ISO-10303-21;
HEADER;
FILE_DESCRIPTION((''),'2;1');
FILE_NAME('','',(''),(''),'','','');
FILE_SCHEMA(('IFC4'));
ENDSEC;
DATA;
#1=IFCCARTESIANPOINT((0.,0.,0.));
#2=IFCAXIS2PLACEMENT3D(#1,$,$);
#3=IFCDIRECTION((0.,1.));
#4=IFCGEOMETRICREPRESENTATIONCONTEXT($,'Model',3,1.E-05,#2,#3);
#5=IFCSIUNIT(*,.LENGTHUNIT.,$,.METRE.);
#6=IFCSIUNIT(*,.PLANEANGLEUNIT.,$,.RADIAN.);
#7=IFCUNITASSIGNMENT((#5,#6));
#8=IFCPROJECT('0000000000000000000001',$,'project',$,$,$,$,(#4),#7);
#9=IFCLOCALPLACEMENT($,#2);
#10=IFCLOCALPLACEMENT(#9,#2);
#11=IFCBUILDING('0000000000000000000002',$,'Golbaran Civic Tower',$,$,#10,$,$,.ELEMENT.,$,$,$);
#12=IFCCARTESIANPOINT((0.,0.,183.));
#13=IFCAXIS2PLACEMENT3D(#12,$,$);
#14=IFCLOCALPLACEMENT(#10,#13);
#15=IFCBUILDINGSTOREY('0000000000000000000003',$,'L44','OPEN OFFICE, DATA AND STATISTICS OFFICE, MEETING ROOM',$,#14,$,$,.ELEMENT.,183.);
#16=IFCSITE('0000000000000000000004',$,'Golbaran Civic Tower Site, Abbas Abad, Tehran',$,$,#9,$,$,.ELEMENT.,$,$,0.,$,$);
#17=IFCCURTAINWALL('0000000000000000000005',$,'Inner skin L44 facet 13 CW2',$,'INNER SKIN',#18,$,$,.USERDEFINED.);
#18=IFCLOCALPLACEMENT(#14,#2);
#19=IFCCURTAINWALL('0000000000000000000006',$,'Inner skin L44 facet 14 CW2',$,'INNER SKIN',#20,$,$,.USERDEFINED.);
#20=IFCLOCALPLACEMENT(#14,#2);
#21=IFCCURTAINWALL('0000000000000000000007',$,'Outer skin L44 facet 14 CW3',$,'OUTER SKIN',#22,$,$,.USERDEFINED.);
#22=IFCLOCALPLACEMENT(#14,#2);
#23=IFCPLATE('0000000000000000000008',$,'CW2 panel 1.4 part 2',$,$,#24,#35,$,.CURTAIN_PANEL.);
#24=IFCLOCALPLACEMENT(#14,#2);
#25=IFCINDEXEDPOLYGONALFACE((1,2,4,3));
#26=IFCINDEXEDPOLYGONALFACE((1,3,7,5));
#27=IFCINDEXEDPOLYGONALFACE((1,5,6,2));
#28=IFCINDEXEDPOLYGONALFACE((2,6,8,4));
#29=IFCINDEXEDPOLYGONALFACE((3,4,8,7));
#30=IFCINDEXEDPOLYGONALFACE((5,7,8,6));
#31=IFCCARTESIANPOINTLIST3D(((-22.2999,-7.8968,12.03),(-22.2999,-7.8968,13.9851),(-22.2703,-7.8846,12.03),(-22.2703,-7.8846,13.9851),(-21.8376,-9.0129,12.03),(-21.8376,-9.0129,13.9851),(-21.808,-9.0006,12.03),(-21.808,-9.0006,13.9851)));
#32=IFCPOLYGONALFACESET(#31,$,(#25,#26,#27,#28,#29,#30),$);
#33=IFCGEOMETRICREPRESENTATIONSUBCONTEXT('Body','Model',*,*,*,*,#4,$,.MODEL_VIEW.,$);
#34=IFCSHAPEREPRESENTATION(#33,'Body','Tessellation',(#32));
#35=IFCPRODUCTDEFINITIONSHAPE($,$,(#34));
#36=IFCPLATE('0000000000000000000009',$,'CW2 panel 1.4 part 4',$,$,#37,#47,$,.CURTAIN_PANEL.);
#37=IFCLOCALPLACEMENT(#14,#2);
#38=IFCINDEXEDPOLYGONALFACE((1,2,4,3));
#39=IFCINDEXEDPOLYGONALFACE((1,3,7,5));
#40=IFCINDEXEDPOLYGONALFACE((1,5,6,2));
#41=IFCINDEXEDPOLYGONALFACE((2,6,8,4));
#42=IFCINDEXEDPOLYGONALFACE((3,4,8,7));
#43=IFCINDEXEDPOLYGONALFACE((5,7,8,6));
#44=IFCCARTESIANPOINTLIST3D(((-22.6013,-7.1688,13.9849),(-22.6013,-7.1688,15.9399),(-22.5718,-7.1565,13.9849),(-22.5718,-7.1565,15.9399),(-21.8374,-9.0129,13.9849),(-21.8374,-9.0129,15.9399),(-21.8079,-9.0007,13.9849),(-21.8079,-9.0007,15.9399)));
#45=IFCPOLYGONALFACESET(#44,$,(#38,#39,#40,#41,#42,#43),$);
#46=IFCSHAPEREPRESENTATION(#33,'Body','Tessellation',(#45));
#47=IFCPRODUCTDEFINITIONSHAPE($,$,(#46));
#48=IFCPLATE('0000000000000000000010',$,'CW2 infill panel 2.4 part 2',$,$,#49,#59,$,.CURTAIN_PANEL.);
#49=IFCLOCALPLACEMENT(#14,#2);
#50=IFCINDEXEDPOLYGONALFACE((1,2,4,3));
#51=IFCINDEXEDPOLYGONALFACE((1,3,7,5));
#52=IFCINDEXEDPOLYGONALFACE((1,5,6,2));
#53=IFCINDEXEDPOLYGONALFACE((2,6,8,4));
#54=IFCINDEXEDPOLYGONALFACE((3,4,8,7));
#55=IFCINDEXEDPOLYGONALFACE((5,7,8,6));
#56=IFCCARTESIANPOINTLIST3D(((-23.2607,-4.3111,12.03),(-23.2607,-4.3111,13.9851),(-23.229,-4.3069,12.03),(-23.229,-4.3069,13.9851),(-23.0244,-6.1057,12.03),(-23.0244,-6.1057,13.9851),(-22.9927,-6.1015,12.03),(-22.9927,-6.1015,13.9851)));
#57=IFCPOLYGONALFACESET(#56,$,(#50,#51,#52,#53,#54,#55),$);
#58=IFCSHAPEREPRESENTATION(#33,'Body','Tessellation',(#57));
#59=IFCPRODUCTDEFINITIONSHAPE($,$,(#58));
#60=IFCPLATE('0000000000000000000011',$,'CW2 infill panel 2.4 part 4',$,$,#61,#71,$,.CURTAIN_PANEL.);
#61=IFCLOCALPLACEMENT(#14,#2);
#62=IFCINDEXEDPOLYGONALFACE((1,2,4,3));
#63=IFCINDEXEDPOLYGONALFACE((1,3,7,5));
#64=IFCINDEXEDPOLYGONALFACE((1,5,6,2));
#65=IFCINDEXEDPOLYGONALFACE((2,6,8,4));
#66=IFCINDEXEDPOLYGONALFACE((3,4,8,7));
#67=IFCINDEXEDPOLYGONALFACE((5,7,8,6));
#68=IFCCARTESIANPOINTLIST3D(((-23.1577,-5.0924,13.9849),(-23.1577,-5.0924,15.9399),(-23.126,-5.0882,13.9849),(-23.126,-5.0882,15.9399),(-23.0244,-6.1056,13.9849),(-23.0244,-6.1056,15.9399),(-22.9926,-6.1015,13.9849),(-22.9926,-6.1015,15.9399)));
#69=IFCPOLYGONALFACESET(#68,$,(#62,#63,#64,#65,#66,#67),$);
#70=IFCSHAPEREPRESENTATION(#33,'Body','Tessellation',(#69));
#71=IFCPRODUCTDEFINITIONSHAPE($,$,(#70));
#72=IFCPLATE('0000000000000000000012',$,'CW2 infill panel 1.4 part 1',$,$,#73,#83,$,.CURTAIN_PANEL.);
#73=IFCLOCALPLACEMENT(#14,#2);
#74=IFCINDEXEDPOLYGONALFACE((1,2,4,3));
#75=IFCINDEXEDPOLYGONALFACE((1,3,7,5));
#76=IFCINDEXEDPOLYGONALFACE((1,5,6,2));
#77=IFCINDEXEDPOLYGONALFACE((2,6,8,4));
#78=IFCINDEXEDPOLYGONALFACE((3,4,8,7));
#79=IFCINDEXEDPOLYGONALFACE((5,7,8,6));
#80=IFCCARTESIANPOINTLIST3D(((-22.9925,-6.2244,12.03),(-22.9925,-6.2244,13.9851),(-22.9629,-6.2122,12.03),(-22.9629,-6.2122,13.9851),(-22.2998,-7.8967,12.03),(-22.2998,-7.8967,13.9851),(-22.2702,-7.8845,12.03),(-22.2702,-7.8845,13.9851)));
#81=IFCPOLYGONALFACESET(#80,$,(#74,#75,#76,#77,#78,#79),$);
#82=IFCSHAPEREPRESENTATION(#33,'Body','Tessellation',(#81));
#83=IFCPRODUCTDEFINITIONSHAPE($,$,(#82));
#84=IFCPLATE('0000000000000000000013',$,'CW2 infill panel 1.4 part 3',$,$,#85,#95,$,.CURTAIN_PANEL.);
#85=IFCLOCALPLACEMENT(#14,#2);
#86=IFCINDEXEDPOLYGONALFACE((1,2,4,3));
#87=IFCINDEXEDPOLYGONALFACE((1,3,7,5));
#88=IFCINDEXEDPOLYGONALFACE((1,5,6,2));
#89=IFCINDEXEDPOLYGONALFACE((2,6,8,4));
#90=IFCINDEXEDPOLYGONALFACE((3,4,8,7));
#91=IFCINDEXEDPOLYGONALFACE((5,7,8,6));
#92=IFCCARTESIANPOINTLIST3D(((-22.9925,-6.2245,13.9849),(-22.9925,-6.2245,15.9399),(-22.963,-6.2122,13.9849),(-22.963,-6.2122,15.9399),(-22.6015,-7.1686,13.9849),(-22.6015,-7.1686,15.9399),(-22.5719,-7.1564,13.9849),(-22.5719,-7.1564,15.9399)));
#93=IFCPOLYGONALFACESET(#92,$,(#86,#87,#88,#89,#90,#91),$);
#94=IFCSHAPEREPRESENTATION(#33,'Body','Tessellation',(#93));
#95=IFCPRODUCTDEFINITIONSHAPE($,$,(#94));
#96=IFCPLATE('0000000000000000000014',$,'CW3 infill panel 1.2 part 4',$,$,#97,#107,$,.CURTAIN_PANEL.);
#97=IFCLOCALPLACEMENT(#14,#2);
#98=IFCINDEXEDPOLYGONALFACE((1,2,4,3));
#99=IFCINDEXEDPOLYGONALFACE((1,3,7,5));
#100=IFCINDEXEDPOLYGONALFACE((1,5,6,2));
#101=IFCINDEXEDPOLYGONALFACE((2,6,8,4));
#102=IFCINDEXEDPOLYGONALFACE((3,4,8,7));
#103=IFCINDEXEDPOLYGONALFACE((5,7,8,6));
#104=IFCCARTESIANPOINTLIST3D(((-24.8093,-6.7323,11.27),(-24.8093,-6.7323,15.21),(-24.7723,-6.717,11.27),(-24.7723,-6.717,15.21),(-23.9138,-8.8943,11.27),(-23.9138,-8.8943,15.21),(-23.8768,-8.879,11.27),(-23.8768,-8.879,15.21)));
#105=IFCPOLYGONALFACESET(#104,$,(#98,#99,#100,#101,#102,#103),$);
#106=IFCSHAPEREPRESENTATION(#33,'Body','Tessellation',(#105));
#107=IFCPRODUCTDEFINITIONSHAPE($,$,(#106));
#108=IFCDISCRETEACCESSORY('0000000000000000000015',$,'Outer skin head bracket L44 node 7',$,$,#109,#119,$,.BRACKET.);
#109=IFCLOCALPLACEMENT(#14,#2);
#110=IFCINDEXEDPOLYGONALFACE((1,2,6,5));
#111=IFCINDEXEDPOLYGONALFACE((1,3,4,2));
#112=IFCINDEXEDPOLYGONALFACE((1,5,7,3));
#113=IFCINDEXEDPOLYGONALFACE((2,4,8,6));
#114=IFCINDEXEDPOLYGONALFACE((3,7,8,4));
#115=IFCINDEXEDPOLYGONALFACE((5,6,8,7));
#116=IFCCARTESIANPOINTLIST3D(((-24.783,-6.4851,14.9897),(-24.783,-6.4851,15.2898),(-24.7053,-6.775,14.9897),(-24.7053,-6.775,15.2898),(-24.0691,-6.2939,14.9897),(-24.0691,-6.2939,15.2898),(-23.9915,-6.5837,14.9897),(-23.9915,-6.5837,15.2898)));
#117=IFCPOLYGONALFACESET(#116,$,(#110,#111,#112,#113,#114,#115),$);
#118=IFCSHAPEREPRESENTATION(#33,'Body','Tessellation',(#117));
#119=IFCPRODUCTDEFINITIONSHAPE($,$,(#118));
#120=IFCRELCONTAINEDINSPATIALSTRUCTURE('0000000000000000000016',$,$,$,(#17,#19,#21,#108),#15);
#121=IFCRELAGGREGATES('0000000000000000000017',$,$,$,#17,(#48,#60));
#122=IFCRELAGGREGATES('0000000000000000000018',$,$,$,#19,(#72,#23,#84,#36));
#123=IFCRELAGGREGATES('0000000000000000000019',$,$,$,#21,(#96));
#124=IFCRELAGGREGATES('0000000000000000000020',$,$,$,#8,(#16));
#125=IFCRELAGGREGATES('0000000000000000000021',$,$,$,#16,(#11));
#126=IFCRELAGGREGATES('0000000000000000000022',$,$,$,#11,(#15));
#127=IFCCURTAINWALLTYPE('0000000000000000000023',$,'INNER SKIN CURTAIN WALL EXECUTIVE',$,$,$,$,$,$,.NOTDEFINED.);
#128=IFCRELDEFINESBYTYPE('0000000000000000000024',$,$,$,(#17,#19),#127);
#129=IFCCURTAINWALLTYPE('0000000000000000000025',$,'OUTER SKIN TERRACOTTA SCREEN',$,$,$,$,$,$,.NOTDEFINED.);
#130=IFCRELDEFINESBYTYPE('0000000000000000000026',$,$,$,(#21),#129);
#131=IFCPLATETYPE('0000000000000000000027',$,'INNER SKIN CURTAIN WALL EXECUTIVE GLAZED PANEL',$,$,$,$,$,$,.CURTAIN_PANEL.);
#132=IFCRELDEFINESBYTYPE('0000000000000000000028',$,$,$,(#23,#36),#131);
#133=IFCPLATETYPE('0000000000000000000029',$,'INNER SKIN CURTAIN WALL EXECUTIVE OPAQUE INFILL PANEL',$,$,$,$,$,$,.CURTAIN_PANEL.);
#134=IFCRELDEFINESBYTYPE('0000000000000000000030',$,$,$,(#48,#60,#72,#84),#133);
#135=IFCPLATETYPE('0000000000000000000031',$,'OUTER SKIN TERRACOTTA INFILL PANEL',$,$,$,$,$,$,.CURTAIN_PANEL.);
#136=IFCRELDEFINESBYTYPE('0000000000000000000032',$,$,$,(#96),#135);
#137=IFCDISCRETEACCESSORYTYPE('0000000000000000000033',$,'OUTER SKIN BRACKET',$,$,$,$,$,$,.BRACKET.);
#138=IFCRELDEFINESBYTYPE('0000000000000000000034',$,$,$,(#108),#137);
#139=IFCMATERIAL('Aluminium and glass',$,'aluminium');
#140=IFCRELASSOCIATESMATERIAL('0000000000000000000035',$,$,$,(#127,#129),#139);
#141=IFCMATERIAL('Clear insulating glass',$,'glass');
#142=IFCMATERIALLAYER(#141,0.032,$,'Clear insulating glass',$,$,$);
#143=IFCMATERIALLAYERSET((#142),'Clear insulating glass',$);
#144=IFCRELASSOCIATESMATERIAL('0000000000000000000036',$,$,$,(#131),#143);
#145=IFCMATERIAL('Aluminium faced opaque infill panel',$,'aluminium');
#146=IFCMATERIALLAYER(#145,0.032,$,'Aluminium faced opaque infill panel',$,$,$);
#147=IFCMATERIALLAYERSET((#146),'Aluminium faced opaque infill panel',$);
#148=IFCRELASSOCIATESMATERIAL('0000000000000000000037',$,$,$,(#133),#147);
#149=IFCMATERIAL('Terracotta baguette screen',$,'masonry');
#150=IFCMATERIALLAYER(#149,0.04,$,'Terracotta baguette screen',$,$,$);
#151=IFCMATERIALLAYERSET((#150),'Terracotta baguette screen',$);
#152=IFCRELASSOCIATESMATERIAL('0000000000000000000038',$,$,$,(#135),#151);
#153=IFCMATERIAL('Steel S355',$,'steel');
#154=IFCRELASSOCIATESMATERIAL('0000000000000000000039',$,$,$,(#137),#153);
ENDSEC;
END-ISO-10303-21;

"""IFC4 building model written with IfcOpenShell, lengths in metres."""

from ifc_helpers import new_model, si_unit, direction, frame, origin, origin_2d, place, context, subcontext, project, spatial, rectangle, extrude, material, layer, layer_set, type_object, element, aggregate, save


model = new_model("IFC4")

# Units and contexts
model_context = context("Model", 3, precision=1e-05, world=origin(), true_north=direction((0.0, 1.0)))
body_context = subcontext(model_context, "Body", "Model", "MODEL_VIEW")
ifc_project = project(units=[si_unit("LENGTHUNIT", "METRE"), si_unit("PLANEANGLEUNIT", "RADIAN")], contexts=[model_context])

# Site, building, storey
site_placement = place(None, origin())
site = spatial("IfcSite", under=ifc_project, at=site_placement, Name="Golbaran Civic Tower Site, Abbas Abad, Tehran", CompositionType="ELEMENT", RefElevation=0.0)
building_placement = place(site_placement, origin())
building = spatial("IfcBuilding", under=site, at=building_placement, Name="Golbaran Civic Tower", CompositionType="ELEMENT")
storey_placement = place(building_placement, frame((0.0, 0.0, 183.0)))
storey = spatial("IfcBuildingStorey", under=building, at=storey_placement, Name="L44", Description="OPEN OFFICE, DATA AND STATISTICS OFFICE, MEETING ROOM", CompositionType="ELEMENT", Elevation=183.0)

# Curtain walls
ifc_material_1 = material(Name="Aluminium and glass", Category="aluminium")
curtain_wall_type_1 = type_object("IfcCurtainWallType", Name="INNER SKIN CURTAIN WALL EXECUTIVE", PredefinedType="NOTDEFINED", material=ifc_material_1)
curtain_wall_1_placement = place(storey_placement, origin())
curtain_wall_1 = element("IfcCurtainWall", 1, at=curtain_wall_1_placement, inside=storey, type_object=curtain_wall_type_1, Name="Inner skin L44 facet 13 CW2", ObjectType="INNER SKIN", PredefinedType="USERDEFINED")
curtain_wall_2_placement = place(storey_placement, origin())
curtain_wall_2 = element("IfcCurtainWall", 2, at=curtain_wall_2_placement, inside=storey, type_object=curtain_wall_type_1, Name="Inner skin L44 facet 14 CW2", ObjectType="INNER SKIN", PredefinedType="USERDEFINED")

# Curtain wall
curtain_wall_type_2 = type_object("IfcCurtainWallType", Name="OUTER SKIN TERRACOTTA SCREEN", PredefinedType="NOTDEFINED", material=ifc_material_1)
curtain_wall_3_placement = place(storey_placement, origin())
curtain_wall_3 = element("IfcCurtainWall", 3, at=curtain_wall_3_placement, inside=storey, type_object=curtain_wall_type_2, Name="Outer skin L44 facet 14 CW3", ObjectType="OUTER SKIN", PredefinedType="USERDEFINED")

# Plates
ifc_material_2 = material(Name="Clear insulating glass", Category="glass")
ifc_layer_1 = layer(ifc_material_2, 0.032, Name="Clear insulating glass")
ifc_layer_set_1 = layer_set([ifc_layer_1], Name="Clear insulating glass")
plate_type_1 = type_object("IfcPlateType", Name="INNER SKIN CURTAIN WALL EXECUTIVE GLAZED PANEL", PredefinedType="CURTAIN_PANEL", material=ifc_layer_set_1)
plate_1_placement = place(storey_placement, frame((-22.054, -8.4487, 12.03), z_axis=(0.0, 0.0, 1.0), x_axis=(0.382683, -0.92388, 0.0)))
plate_1 = element("IfcPlate", 4, at=plate_1_placement, type_object=plate_type_1, Name="CW2 panel 1.4 part 2", PredefinedType="CURTAIN_PANEL", context=body_context, shape_type="SweptSolid", body=[
    extrude(rectangle(XDim=1.208, YDim=0.032, at=origin_2d()), origin(), (0.0, 0.0, 1.0), 1.9551),
])
plate_2_placement = place(storey_placement, frame((-22.2046, -8.0847, 13.9849), z_axis=(0.0, 0.0, 1.0), x_axis=(0.382683, -0.92388, 0.0)))
plate_2 = element("IfcPlate", 5, at=plate_2_placement, type_object=plate_type_1, Name="CW2 panel 1.4 part 4", PredefinedType="CURTAIN_PANEL", context=body_context, shape_type="SweptSolid", body=[
    extrude(rectangle(XDim=1.9961, YDim=0.032, at=origin_2d()), origin(), (0.0, 0.0, 1.0), 1.9551),
])
ifc_material_3 = material(Name="Aluminium faced opaque infill panel", Category="aluminium")
ifc_layer_2 = layer(ifc_material_3, 0.032, Name="Aluminium faced opaque infill panel")
ifc_layer_set_2 = layer_set([ifc_layer_2], Name="Aluminium faced opaque infill panel")
plate_type_2 = type_object("IfcPlateType", Name="INNER SKIN CURTAIN WALL EXECUTIVE OPAQUE INFILL PANEL", PredefinedType="CURTAIN_PANEL", material=ifc_layer_set_2)
plate_3_placement = place(storey_placement, frame((-23.1267, -5.2063, 12.03), z_axis=(0.0, 0.0, 1.0), x_axis=(0.130526, -0.991445, 0.0)))
plate_3 = element("IfcPlate", 6, at=plate_3_placement, type_object=plate_type_2, Name="CW2 infill panel 2.4 part 2", PredefinedType="CURTAIN_PANEL", context=body_context, shape_type="SweptSolid", body=[
    extrude(rectangle(XDim=1.8101, YDim=0.032, at=origin_2d()), origin(), (0.0, 0.0, 1.0), 1.9551),
])
plate_4_placement = place(storey_placement, frame((-23.0752, -5.5969, 13.9849), z_axis=(0.0, 0.0, 1.0), x_axis=(0.130526, -0.991445, 0.0)))
plate_4 = element("IfcPlate", 7, at=plate_4_placement, type_object=plate_type_2, Name="CW2 infill panel 2.4 part 4", PredefinedType="CURTAIN_PANEL", context=body_context, shape_type="SweptSolid", body=[
    extrude(rectangle(XDim=1.022, YDim=0.032, at=origin_2d()), origin(), (0.0, 0.0, 1.0), 1.9551),
])
aggregate(curtain_wall_1, [plate_3, plate_4])
plate_5_placement = place(storey_placement, frame((-22.6313, -7.0544, 12.03), z_axis=(0.0, 0.0, 1.0), x_axis=(0.382683, -0.92388, 0.0)))
plate_5 = element("IfcPlate", 8, at=plate_5_placement, type_object=plate_type_2, Name="CW2 infill panel 1.4 part 1", PredefinedType="CURTAIN_PANEL", context=body_context, shape_type="SweptSolid", body=[
    extrude(rectangle(XDim=1.8101, YDim=0.032, at=origin_2d()), origin(), (0.0, 0.0, 1.0), 1.9551),
])
plate_6_placement = place(storey_placement, frame((-22.7822, -6.6904, 13.9849), z_axis=(0.0, 0.0, 1.0), x_axis=(0.382683, -0.92388, 0.0)))
plate_6 = element("IfcPlate", 9, at=plate_6_placement, type_object=plate_type_2, Name="CW2 infill panel 1.4 part 3", PredefinedType="CURTAIN_PANEL", context=body_context, shape_type="SweptSolid", body=[
    extrude(rectangle(XDim=1.022, YDim=0.032, at=origin_2d()), origin(), (0.0, 0.0, 1.0), 1.9551),
])
aggregate(curtain_wall_2, [plate_5, plate_1, plate_6, plate_2])
ifc_material_4 = material(Name="Terracotta baguette screen", Category="masonry")
ifc_layer_3 = layer(ifc_material_4, 0.04, Name="Terracotta baguette screen")
ifc_layer_set_3 = layer_set([ifc_layer_3], Name="Terracotta baguette screen")
plate_type_3 = type_object("IfcPlateType", Name="OUTER SKIN TERRACOTTA INFILL PANEL", PredefinedType="CURTAIN_PANEL", material=ifc_layer_set_3)
plate_7_placement = place(storey_placement, frame((-24.343, -7.8057, 11.27), z_axis=(0.0, 0.0, 1.0), x_axis=(0.382683, -0.92388, 0.0)))
plate_7 = element("IfcPlate", 10, at=plate_7_placement, type_object=plate_type_3, Name="CW3 infill panel 1.2 part 4", PredefinedType="CURTAIN_PANEL", context=body_context, shape_type="SweptSolid", body=[
    extrude(rectangle(XDim=2.3401, YDim=0.04, at=origin_2d()), origin(), (0.0, 0.0, 1.0), 3.9399),
])
aggregate(curtain_wall_3, [plate_7])

# Discrete accessory
ifc_material_5 = material(Name="Steel S355", Category="steel")
discrete_accessory_type = type_object("IfcDiscreteAccessoryType", Name="OUTER SKIN BRACKET", PredefinedType="BRACKET", material=ifc_material_5)
discrete_accessory_placement = place(storey_placement, frame((-24.3872, -6.5344, 14.9897), z_axis=(0.0, 0.0, 1.0), x_axis=(-0.965926, -0.258819, 0.0)))
element("IfcDiscreteAccessory", 11, at=discrete_accessory_placement, inside=storey, type_object=discrete_accessory_type, Name="Outer skin head bracket L44 node 7", PredefinedType="BRACKET", context=body_context, shape_type="SweptSolid", body=[
    extrude(rectangle(XDim=0.739, YDim=0.3, at=origin_2d()), origin(), (0.0, 0.0, 1.0), 0.3),
])

save(model, "model.ifc")
